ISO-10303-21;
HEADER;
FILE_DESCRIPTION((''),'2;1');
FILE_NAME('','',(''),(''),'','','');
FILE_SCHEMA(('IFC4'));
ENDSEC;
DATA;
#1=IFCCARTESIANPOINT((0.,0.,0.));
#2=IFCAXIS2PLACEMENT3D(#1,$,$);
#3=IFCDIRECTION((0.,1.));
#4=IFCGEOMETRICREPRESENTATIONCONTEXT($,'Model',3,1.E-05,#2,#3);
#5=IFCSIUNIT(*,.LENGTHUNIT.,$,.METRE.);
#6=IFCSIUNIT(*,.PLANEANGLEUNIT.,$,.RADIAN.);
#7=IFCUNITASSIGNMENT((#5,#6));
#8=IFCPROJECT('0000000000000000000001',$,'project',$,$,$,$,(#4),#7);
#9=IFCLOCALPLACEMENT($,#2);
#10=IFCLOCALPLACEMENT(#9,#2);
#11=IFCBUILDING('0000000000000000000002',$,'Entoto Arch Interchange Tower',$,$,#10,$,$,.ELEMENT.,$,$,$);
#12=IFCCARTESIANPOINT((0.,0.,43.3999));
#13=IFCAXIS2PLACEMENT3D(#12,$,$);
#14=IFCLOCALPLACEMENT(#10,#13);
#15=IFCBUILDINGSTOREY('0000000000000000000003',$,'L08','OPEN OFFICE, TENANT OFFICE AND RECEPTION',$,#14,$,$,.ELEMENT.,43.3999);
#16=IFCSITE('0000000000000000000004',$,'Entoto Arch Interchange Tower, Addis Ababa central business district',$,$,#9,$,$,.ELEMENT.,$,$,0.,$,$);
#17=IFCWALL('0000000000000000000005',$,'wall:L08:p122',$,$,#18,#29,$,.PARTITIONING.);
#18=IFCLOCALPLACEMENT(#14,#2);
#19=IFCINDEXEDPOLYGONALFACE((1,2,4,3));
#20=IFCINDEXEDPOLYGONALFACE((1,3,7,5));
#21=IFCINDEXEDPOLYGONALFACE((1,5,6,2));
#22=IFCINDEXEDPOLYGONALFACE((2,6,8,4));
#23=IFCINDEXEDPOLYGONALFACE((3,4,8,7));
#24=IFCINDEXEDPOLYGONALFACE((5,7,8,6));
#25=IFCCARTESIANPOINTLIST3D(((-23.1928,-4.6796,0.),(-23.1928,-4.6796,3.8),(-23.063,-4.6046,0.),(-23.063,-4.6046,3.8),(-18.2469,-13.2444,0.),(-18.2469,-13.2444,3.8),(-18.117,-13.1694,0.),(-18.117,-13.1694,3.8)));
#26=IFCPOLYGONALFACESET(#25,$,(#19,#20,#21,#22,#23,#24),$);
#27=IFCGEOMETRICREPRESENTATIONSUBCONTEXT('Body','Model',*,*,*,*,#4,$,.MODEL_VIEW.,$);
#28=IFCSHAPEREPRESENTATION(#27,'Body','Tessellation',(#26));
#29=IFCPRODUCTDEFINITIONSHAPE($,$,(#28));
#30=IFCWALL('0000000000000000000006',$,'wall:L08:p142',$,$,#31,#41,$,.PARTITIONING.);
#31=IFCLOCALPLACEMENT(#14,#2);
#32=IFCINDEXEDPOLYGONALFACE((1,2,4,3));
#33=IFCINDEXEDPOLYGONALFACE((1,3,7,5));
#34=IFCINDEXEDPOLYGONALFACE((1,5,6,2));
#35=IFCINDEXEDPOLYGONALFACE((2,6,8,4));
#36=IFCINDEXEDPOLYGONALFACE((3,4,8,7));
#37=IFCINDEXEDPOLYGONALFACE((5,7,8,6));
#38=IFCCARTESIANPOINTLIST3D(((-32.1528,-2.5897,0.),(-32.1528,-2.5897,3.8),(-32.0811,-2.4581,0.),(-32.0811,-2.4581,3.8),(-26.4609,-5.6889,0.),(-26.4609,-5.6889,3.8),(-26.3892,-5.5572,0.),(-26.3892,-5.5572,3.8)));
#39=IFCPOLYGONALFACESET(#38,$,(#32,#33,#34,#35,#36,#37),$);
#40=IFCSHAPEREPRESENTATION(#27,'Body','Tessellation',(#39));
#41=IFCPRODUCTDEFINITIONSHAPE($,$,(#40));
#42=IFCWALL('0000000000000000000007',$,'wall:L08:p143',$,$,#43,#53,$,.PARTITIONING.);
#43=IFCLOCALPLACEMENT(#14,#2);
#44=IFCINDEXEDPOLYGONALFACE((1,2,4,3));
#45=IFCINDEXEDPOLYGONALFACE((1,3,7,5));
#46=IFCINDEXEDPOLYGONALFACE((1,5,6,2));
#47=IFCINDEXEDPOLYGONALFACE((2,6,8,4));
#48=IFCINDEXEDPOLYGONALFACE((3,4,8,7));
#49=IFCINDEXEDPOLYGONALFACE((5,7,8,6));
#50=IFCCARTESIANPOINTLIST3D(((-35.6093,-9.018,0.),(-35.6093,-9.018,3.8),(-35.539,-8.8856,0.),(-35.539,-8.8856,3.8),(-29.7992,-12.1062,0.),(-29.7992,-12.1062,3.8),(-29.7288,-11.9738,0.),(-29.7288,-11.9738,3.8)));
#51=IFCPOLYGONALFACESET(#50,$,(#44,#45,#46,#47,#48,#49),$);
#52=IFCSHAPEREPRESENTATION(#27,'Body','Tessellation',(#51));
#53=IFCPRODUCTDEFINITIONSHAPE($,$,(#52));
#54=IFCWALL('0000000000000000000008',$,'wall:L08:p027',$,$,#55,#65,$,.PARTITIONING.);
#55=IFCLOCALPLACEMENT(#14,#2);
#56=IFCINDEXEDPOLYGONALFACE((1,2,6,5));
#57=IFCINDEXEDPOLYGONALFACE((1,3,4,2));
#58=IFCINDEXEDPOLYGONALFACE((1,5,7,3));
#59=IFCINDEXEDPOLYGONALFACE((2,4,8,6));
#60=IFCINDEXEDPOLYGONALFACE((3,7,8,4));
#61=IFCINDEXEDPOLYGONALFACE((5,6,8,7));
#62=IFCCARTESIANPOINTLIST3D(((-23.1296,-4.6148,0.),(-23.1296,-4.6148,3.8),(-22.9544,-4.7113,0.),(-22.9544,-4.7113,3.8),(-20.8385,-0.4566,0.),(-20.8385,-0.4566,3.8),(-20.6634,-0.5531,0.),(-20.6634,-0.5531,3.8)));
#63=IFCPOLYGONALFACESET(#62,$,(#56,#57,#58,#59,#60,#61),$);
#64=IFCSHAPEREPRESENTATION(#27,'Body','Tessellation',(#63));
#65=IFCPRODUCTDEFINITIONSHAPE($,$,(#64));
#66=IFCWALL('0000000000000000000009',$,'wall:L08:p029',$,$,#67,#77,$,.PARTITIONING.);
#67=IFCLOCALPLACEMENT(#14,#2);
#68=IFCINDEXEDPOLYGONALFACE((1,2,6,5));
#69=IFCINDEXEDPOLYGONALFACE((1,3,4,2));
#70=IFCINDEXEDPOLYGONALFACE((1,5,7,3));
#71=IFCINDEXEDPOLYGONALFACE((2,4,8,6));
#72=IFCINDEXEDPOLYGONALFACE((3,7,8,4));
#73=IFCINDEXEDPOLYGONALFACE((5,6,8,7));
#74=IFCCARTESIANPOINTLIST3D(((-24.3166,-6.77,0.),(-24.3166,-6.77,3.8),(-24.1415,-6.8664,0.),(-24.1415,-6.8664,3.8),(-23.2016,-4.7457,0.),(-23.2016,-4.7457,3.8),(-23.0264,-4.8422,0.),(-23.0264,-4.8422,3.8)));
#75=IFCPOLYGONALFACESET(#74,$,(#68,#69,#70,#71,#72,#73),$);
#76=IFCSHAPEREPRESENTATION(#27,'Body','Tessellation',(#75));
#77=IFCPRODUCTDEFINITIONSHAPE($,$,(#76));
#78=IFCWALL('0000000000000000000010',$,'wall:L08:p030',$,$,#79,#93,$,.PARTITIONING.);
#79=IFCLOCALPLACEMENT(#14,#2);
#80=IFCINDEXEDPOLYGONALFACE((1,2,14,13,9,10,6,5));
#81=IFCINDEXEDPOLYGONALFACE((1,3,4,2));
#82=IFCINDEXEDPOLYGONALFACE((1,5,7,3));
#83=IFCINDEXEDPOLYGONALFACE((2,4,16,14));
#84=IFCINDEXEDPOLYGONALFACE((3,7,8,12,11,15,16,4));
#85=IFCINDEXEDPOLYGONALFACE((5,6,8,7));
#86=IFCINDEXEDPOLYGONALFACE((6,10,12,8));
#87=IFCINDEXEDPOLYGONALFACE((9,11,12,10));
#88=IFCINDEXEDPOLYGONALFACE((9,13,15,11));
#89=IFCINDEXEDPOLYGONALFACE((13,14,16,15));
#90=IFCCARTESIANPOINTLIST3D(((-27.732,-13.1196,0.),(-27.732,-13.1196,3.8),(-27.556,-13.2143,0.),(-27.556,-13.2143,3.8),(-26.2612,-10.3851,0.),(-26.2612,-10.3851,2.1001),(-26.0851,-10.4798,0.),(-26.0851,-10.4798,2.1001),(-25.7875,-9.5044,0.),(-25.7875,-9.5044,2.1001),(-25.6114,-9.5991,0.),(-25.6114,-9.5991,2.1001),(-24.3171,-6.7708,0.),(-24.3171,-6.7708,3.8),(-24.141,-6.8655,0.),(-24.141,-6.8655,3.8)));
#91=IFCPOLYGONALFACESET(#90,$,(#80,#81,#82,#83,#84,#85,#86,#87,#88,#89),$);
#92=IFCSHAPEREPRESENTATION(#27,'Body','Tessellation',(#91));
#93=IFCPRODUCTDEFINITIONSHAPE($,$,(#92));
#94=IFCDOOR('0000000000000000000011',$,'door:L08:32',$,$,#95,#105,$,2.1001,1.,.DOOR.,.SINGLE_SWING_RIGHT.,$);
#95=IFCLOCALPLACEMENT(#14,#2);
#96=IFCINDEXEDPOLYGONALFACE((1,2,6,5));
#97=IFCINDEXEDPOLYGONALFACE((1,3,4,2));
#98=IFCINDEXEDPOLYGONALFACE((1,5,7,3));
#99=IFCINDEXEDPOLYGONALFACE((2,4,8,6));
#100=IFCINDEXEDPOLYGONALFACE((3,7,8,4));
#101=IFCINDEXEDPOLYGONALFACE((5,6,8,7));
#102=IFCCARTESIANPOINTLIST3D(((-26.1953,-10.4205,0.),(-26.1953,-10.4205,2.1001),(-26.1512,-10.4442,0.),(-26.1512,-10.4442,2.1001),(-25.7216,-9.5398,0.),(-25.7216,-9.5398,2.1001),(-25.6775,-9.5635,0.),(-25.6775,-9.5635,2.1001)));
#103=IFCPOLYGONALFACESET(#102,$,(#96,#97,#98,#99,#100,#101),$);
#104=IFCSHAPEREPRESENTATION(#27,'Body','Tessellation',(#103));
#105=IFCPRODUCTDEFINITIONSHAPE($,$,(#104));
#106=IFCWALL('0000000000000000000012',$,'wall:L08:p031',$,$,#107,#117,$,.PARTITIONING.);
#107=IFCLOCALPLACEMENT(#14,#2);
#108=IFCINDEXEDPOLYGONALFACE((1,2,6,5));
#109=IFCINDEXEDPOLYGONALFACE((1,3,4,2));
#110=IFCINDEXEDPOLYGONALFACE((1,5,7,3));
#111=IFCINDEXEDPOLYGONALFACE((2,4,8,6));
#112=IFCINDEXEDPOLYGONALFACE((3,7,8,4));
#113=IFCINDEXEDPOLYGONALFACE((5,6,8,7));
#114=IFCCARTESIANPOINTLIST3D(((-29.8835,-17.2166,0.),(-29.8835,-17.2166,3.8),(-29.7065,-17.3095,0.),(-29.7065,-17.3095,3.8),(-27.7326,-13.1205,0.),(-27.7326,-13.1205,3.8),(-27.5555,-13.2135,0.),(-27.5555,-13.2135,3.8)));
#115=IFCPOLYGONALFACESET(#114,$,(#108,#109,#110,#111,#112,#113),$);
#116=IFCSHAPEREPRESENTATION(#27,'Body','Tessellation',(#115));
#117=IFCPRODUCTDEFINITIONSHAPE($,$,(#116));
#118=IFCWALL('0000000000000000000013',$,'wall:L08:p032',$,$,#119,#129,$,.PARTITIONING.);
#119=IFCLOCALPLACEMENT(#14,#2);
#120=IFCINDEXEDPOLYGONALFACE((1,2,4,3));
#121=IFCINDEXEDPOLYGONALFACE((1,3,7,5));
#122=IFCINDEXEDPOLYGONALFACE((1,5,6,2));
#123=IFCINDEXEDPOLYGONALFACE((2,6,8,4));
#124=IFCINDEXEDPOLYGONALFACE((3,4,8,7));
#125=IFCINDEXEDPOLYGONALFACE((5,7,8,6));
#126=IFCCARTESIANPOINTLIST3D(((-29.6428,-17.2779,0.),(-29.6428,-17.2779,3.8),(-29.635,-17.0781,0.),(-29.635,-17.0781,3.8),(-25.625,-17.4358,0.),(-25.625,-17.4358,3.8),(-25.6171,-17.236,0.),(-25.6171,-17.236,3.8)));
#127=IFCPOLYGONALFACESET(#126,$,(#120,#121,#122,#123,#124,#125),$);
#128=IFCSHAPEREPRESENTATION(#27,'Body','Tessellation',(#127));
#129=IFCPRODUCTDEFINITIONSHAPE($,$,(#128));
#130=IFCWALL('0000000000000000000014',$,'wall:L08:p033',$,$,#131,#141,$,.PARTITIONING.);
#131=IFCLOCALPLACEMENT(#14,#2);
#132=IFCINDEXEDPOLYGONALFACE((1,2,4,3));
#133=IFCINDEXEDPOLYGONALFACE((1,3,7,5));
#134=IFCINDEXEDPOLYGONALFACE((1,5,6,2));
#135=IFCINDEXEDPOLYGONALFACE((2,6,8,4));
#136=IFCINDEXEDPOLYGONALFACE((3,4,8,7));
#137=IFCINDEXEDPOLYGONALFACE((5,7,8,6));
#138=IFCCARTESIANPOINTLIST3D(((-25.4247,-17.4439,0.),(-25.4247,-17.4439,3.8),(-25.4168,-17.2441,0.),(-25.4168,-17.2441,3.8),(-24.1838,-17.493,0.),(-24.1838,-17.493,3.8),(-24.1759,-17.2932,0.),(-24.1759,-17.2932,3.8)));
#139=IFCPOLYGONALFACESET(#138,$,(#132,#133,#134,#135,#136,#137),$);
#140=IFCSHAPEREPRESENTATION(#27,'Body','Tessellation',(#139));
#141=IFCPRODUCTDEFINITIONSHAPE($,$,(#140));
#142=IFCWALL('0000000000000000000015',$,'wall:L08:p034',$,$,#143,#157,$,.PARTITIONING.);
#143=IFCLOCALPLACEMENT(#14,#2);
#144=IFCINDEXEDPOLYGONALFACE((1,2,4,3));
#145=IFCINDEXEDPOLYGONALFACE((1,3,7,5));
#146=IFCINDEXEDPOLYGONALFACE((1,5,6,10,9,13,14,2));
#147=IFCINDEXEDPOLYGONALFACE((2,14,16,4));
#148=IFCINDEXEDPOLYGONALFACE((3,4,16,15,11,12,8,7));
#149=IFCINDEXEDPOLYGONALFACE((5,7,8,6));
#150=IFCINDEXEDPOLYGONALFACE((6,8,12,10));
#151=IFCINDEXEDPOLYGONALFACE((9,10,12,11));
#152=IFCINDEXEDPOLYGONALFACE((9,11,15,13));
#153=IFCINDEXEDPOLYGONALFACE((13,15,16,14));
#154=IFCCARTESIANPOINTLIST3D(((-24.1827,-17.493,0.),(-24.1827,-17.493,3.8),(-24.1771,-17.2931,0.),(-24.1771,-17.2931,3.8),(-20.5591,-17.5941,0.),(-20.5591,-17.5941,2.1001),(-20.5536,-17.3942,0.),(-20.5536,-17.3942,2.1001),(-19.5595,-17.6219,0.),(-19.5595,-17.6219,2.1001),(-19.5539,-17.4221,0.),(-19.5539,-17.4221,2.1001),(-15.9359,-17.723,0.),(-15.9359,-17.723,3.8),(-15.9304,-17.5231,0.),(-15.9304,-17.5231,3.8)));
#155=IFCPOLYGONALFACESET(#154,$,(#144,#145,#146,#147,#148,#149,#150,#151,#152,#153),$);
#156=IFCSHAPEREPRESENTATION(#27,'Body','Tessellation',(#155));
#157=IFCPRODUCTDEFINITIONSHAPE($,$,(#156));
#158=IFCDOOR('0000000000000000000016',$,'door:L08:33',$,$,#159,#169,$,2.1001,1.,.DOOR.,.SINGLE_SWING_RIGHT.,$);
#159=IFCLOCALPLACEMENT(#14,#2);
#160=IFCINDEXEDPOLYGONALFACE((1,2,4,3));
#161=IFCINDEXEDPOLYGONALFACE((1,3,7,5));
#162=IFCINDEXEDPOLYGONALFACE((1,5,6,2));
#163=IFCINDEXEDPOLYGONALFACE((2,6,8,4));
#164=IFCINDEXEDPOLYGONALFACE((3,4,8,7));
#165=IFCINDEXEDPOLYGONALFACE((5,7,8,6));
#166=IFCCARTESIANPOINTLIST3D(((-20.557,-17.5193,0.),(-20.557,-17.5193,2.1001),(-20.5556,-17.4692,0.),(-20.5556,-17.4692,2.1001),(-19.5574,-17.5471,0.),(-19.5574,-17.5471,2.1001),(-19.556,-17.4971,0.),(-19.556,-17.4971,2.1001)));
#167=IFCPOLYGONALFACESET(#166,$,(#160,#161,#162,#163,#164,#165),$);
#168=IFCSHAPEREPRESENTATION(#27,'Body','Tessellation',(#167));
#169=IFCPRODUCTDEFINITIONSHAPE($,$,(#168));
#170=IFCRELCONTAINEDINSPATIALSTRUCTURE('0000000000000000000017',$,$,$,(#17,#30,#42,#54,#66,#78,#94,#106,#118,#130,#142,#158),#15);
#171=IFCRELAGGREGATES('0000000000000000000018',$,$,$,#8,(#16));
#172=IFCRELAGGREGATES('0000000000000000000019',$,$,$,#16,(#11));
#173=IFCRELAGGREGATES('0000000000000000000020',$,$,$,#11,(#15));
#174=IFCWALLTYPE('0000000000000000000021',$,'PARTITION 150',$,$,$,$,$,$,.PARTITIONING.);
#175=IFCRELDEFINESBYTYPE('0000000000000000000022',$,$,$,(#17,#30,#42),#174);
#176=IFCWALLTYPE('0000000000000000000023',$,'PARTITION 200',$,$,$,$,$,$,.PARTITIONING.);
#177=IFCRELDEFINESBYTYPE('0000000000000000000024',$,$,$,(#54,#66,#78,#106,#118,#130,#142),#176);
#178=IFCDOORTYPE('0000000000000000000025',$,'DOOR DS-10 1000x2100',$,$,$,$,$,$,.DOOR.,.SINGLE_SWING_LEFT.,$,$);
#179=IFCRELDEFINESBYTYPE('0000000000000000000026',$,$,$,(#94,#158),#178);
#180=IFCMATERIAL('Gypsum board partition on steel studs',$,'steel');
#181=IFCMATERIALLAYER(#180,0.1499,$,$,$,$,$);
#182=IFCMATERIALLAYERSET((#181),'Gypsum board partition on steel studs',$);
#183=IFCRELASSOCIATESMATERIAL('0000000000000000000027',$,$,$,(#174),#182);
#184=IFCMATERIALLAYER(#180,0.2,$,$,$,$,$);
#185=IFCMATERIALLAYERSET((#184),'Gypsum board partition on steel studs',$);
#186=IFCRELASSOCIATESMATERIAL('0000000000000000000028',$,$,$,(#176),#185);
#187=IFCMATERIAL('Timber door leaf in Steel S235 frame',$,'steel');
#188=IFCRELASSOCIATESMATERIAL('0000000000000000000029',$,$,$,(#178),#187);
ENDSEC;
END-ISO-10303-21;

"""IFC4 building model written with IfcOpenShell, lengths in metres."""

from ifc_helpers import new_model, si_unit, direction, frame, frame_2d, origin, place, context, subcontext, project, spatial, rectangle, extrude, material, layer, layer_set, type_object, element, fill, save


model = new_model("IFC4")

# Units and contexts
model_context = context("Model", 3, precision=1e-05, world=origin(), true_north=direction((0.0, 1.0)))
body_context = subcontext(model_context, "Body", "Model", "MODEL_VIEW")
ifc_project = project(units=[si_unit("LENGTHUNIT", "METRE"), si_unit("PLANEANGLEUNIT", "RADIAN")], contexts=[model_context])

# Site, building, storey
site_placement = place(None, origin())
site = spatial("IfcSite", under=ifc_project, at=site_placement, Name="Entoto Arch Interchange Tower, Addis Ababa central business district", CompositionType="ELEMENT", RefElevation=0.0)
building_placement = place(site_placement, origin())
building = spatial("IfcBuilding", under=site, at=building_placement, Name="Entoto Arch Interchange Tower", CompositionType="ELEMENT")
storey_placement = place(building_placement, frame((0.0, 0.0, 43.3999)))
storey = spatial("IfcBuildingStorey", under=building, at=storey_placement, Name="L08", Description="OPEN OFFICE, TENANT OFFICE AND RECEPTION", CompositionType="ELEMENT", Elevation=43.3999)

# Walls
ifc_material_1 = material(Name="Gypsum board partition on steel studs", Category="steel")
ifc_layer_1 = layer(ifc_material_1, 0.1499)
ifc_layer_set_1 = layer_set([ifc_layer_1], Name="Gypsum board partition on steel studs")
wall_type_1 = type_object("IfcWallType", Name="PARTITION 150", PredefinedType="PARTITIONING", material=ifc_layer_set_1)
wall_1_placement = place(storey_placement, frame((-18.1819, -13.207, 0.0), z_axis=(0.0, 0.0, 1.0), x_axis=(-0.500081, 0.865978, 0.0)))
element("IfcWall", 1, at=wall_1_placement, inside=storey, type_object=wall_type_1, Name="wall:L08:p122", PredefinedType="PARTITIONING", context=body_context, shape_type="SweptSolid", body=[
    extrude(rectangle(XDim=9.8904, YDim=0.1499, at=frame_2d((4.9453, 0.0))), origin(), (0.0, 0.0, 1.0), 3.8),
])
wall_2_placement = place(storey_placement, frame((-26.425, -5.623, 0.0), z_axis=(0.0, 0.0, 1.0), x_axis=(-0.878255, 0.478192, 0.0)))
element("IfcWall", 2, at=wall_2_placement, inside=storey, type_object=wall_type_1, Name="wall:L08:p142", PredefinedType="PARTITIONING", context=body_context, shape_type="SweptSolid", body=[
    extrude(rectangle(XDim=6.481, YDim=0.1499, at=frame_2d((3.2405, 0.0))), origin(), (0.0, 0.0, 1.0), 3.8),
])
wall_3_placement = place(storey_placement, frame((-29.7639, -12.04, 0.0), z_axis=(0.0, 0.0, 1.0), x_axis=(-0.883019, 0.469338, 0.0)))
element("IfcWall", 3, at=wall_3_placement, inside=storey, type_object=wall_type_1, Name="wall:L08:p143", PredefinedType="PARTITIONING", context=body_context, shape_type="SweptSolid", body=[
    extrude(rectangle(XDim=6.5798, YDim=0.1499, at=frame_2d((3.29, 0.0))), origin(), (0.0, 0.0, 1.0), 3.8),
])
ifc_layer_2 = layer(ifc_material_1, 0.2)
ifc_layer_set_2 = layer_set([ifc_layer_2], Name="Gypsum board partition on steel studs")
wall_type_2 = type_object("IfcWallType", Name="PARTITION 200", PredefinedType="PARTITIONING", material=ifc_layer_set_2)
wall_4_placement = place(storey_placement, frame((-20.751, -0.5049, 0.0), z_axis=(0.0, 0.0, 1.0), x_axis=(-0.482566, -0.87586, 0.0)))
element("IfcWall", 4, at=wall_4_placement, inside=storey, type_object=wall_type_2, Name="wall:L08:p027", PredefinedType="PARTITIONING", context=body_context, shape_type="SweptSolid", body=[
    extrude(rectangle(XDim=4.7476, YDim=0.2, at=frame_2d((2.3738, 0.0))), origin(), (0.0, 0.0, 1.0), 3.8),
])
wall_5_placement = place(storey_placement, frame((-23.114, -4.7939, 0.0), z_axis=(0.0, 0.0, 1.0), x_axis=(-0.482482, -0.875906, 0.0)))
element("IfcWall", 5, at=wall_5_placement, inside=storey, type_object=wall_type_2, Name="wall:L08:p029", PredefinedType="PARTITIONING", context=body_context, shape_type="SweptSolid", body=[
    extrude(rectangle(XDim=2.311, YDim=0.2, at=frame_2d((1.1555, 0.0))), origin(), (0.0, 0.0, 1.0), 3.8),
])

# Wall, opening, door
wall_6_placement = place(storey_placement, frame((-24.229, -6.8181, 0.0), z_axis=(0.0, 0.0, 1.0), x_axis=(-0.473714, -0.880679, 0.0)))
wall_6 = element("IfcWall", 6, at=wall_6_placement, inside=storey, type_object=wall_type_2, Name="wall:L08:p030", PredefinedType="PARTITIONING", context=body_context, shape_type="SweptSolid", body=[
    extrude(rectangle(XDim=7.209, YDim=0.2, at=frame_2d((3.6045, 0.0))), origin(), (0.0, 0.0, 1.0), 3.8),
])
opening_1_placement = place(wall_6_placement, frame((3.104, 0.0, 0.0)))
opening_1 = element("IfcOpeningElement", 7, at=opening_1_placement, cuts=wall_6, PredefinedType="OPENING", context=body_context, shape_type="SweptSolid", body=[
    extrude(rectangle(XDim=1.0, YDim=2.1001, at=frame_2d((0.5, 1.05))), frame((0.0, 0.1099, 0.0), z_axis=(0.0, -1.0, 0.0), x_axis=(1.0, 0.0, 0.0)), (0.0, 0.0, 1.0), 0.22),
])
ifc_material_2 = material(Name="Timber door leaf in Steel S235 frame", Category="steel")
door_type = type_object("IfcDoorType", Name="DOOR DS-10 1000x2100", OperationType="SINGLE_SWING_LEFT", PredefinedType="DOOR", material=ifc_material_2)
door_1_placement = place(opening_1_placement, origin())
door_1 = element("IfcDoor", 8, at=door_1_placement, inside=storey, type_object=door_type, Name="door:L08:32", OperationType="SINGLE_SWING_RIGHT", OverallHeight=2.1001, OverallWidth=1.0, PredefinedType="DOOR", context=body_context, shape_type="SweptSolid", body=[
    extrude(rectangle(XDim=1.0, YDim=2.1001, at=frame_2d((0.5, 1.05))), frame((0.0, 0.0249, 0.0), z_axis=(0.0, -1.0, 0.0), x_axis=(1.0, 0.0, 0.0)), (0.0, 0.0, 1.0), 0.05),
])
fill(opening_1, door_1)

# Walls
wall_7_placement = place(storey_placement, frame((-27.644, -13.167, 0.0), z_axis=(0.0, 0.0, 1.0), x_axis=(-0.46492, -0.885353, 0.0)))
element("IfcWall", 9, at=wall_7_placement, inside=storey, type_object=wall_type_2, Name="wall:L08:p031", PredefinedType="PARTITIONING", context=body_context, shape_type="SweptSolid", body=[
    extrude(rectangle(XDim=4.6265, YDim=0.2, at=frame_2d((2.3132, 0.0))), origin(), (0.0, 0.0, 1.0), 3.8),
])
wall_8_placement = place(storey_placement, frame((-29.6389, -17.178, 0.0), z_axis=(0.0, 0.0, 1.0), x_axis=(0.999228, -0.039284, 0.0)))
element("IfcWall", 10, at=wall_8_placement, inside=storey, type_object=wall_type_2, Name="wall:L08:p032", PredefinedType="PARTITIONING", context=body_context, shape_type="SweptSolid", body=[
    extrude(rectangle(XDim=4.021, YDim=0.2, at=frame_2d((2.0105, 0.0))), origin(), (0.0, 0.0, 1.0), 3.8),
])
wall_9_placement = place(storey_placement, frame((-25.4209, -17.344, 0.0), z_axis=(0.0, 0.0, 1.0), x_axis=(0.999219, -0.039513, 0.0)))
element("IfcWall", 11, at=wall_9_placement, inside=storey, type_object=wall_type_2, Name="wall:L08:p033", PredefinedType="PARTITIONING", context=body_context, shape_type="SweptSolid", body=[
    extrude(rectangle(XDim=1.2419, YDim=0.2, at=frame_2d((0.6211, 0.0))), origin(), (0.0, 0.0, 1.0), 3.8),
])

# Wall, opening, door
wall_10_placement = place(storey_placement, frame((-24.1799, -17.3931, 0.0), z_axis=(0.0, 0.0, 1.0), x_axis=(0.999611, -0.027876, 0.0)))
wall_10 = element("IfcWall", 12, at=wall_10_placement, inside=storey, type_object=wall_type_2, Name="wall:L08:p034", PredefinedType="PARTITIONING", context=body_context, shape_type="SweptSolid", body=[
    extrude(rectangle(XDim=8.25, YDim=0.2, at=frame_2d((4.125, 0.0))), origin(), (0.0, 0.0, 1.0), 3.8),
])
opening_2_placement = place(wall_10_placement, frame((3.625, 0.0, 0.0)))
opening_2 = element("IfcOpeningElement", 13, at=opening_2_placement, cuts=wall_10, PredefinedType="OPENING", context=body_context, shape_type="SweptSolid", body=[
    extrude(rectangle(XDim=1.0, YDim=2.1001, at=frame_2d((0.5, 1.05))), frame((0.0, 0.1099, 0.0), z_axis=(0.0, -1.0, 0.0), x_axis=(1.0, 0.0, 0.0)), (0.0, 0.0, 1.0), 0.22),
])
door_2_placement = place(opening_2_placement, origin())
door_2 = element("IfcDoor", 14, at=door_2_placement, inside=storey, type_object=door_type, Name="door:L08:33", OperationType="SINGLE_SWING_RIGHT", OverallHeight=2.1001, OverallWidth=1.0, PredefinedType="DOOR", context=body_context, shape_type="SweptSolid", body=[
    extrude(rectangle(XDim=1.0, YDim=2.1001, at=frame_2d((0.5, 1.05))), frame((0.0, 0.0249, 0.0), z_axis=(0.0, -1.0, 0.0), x_axis=(1.0, 0.0, 0.0)), (0.0, 0.0, 1.0), 0.05),
])
fill(opening_2, door_2)

save(model, "model.ifc")
